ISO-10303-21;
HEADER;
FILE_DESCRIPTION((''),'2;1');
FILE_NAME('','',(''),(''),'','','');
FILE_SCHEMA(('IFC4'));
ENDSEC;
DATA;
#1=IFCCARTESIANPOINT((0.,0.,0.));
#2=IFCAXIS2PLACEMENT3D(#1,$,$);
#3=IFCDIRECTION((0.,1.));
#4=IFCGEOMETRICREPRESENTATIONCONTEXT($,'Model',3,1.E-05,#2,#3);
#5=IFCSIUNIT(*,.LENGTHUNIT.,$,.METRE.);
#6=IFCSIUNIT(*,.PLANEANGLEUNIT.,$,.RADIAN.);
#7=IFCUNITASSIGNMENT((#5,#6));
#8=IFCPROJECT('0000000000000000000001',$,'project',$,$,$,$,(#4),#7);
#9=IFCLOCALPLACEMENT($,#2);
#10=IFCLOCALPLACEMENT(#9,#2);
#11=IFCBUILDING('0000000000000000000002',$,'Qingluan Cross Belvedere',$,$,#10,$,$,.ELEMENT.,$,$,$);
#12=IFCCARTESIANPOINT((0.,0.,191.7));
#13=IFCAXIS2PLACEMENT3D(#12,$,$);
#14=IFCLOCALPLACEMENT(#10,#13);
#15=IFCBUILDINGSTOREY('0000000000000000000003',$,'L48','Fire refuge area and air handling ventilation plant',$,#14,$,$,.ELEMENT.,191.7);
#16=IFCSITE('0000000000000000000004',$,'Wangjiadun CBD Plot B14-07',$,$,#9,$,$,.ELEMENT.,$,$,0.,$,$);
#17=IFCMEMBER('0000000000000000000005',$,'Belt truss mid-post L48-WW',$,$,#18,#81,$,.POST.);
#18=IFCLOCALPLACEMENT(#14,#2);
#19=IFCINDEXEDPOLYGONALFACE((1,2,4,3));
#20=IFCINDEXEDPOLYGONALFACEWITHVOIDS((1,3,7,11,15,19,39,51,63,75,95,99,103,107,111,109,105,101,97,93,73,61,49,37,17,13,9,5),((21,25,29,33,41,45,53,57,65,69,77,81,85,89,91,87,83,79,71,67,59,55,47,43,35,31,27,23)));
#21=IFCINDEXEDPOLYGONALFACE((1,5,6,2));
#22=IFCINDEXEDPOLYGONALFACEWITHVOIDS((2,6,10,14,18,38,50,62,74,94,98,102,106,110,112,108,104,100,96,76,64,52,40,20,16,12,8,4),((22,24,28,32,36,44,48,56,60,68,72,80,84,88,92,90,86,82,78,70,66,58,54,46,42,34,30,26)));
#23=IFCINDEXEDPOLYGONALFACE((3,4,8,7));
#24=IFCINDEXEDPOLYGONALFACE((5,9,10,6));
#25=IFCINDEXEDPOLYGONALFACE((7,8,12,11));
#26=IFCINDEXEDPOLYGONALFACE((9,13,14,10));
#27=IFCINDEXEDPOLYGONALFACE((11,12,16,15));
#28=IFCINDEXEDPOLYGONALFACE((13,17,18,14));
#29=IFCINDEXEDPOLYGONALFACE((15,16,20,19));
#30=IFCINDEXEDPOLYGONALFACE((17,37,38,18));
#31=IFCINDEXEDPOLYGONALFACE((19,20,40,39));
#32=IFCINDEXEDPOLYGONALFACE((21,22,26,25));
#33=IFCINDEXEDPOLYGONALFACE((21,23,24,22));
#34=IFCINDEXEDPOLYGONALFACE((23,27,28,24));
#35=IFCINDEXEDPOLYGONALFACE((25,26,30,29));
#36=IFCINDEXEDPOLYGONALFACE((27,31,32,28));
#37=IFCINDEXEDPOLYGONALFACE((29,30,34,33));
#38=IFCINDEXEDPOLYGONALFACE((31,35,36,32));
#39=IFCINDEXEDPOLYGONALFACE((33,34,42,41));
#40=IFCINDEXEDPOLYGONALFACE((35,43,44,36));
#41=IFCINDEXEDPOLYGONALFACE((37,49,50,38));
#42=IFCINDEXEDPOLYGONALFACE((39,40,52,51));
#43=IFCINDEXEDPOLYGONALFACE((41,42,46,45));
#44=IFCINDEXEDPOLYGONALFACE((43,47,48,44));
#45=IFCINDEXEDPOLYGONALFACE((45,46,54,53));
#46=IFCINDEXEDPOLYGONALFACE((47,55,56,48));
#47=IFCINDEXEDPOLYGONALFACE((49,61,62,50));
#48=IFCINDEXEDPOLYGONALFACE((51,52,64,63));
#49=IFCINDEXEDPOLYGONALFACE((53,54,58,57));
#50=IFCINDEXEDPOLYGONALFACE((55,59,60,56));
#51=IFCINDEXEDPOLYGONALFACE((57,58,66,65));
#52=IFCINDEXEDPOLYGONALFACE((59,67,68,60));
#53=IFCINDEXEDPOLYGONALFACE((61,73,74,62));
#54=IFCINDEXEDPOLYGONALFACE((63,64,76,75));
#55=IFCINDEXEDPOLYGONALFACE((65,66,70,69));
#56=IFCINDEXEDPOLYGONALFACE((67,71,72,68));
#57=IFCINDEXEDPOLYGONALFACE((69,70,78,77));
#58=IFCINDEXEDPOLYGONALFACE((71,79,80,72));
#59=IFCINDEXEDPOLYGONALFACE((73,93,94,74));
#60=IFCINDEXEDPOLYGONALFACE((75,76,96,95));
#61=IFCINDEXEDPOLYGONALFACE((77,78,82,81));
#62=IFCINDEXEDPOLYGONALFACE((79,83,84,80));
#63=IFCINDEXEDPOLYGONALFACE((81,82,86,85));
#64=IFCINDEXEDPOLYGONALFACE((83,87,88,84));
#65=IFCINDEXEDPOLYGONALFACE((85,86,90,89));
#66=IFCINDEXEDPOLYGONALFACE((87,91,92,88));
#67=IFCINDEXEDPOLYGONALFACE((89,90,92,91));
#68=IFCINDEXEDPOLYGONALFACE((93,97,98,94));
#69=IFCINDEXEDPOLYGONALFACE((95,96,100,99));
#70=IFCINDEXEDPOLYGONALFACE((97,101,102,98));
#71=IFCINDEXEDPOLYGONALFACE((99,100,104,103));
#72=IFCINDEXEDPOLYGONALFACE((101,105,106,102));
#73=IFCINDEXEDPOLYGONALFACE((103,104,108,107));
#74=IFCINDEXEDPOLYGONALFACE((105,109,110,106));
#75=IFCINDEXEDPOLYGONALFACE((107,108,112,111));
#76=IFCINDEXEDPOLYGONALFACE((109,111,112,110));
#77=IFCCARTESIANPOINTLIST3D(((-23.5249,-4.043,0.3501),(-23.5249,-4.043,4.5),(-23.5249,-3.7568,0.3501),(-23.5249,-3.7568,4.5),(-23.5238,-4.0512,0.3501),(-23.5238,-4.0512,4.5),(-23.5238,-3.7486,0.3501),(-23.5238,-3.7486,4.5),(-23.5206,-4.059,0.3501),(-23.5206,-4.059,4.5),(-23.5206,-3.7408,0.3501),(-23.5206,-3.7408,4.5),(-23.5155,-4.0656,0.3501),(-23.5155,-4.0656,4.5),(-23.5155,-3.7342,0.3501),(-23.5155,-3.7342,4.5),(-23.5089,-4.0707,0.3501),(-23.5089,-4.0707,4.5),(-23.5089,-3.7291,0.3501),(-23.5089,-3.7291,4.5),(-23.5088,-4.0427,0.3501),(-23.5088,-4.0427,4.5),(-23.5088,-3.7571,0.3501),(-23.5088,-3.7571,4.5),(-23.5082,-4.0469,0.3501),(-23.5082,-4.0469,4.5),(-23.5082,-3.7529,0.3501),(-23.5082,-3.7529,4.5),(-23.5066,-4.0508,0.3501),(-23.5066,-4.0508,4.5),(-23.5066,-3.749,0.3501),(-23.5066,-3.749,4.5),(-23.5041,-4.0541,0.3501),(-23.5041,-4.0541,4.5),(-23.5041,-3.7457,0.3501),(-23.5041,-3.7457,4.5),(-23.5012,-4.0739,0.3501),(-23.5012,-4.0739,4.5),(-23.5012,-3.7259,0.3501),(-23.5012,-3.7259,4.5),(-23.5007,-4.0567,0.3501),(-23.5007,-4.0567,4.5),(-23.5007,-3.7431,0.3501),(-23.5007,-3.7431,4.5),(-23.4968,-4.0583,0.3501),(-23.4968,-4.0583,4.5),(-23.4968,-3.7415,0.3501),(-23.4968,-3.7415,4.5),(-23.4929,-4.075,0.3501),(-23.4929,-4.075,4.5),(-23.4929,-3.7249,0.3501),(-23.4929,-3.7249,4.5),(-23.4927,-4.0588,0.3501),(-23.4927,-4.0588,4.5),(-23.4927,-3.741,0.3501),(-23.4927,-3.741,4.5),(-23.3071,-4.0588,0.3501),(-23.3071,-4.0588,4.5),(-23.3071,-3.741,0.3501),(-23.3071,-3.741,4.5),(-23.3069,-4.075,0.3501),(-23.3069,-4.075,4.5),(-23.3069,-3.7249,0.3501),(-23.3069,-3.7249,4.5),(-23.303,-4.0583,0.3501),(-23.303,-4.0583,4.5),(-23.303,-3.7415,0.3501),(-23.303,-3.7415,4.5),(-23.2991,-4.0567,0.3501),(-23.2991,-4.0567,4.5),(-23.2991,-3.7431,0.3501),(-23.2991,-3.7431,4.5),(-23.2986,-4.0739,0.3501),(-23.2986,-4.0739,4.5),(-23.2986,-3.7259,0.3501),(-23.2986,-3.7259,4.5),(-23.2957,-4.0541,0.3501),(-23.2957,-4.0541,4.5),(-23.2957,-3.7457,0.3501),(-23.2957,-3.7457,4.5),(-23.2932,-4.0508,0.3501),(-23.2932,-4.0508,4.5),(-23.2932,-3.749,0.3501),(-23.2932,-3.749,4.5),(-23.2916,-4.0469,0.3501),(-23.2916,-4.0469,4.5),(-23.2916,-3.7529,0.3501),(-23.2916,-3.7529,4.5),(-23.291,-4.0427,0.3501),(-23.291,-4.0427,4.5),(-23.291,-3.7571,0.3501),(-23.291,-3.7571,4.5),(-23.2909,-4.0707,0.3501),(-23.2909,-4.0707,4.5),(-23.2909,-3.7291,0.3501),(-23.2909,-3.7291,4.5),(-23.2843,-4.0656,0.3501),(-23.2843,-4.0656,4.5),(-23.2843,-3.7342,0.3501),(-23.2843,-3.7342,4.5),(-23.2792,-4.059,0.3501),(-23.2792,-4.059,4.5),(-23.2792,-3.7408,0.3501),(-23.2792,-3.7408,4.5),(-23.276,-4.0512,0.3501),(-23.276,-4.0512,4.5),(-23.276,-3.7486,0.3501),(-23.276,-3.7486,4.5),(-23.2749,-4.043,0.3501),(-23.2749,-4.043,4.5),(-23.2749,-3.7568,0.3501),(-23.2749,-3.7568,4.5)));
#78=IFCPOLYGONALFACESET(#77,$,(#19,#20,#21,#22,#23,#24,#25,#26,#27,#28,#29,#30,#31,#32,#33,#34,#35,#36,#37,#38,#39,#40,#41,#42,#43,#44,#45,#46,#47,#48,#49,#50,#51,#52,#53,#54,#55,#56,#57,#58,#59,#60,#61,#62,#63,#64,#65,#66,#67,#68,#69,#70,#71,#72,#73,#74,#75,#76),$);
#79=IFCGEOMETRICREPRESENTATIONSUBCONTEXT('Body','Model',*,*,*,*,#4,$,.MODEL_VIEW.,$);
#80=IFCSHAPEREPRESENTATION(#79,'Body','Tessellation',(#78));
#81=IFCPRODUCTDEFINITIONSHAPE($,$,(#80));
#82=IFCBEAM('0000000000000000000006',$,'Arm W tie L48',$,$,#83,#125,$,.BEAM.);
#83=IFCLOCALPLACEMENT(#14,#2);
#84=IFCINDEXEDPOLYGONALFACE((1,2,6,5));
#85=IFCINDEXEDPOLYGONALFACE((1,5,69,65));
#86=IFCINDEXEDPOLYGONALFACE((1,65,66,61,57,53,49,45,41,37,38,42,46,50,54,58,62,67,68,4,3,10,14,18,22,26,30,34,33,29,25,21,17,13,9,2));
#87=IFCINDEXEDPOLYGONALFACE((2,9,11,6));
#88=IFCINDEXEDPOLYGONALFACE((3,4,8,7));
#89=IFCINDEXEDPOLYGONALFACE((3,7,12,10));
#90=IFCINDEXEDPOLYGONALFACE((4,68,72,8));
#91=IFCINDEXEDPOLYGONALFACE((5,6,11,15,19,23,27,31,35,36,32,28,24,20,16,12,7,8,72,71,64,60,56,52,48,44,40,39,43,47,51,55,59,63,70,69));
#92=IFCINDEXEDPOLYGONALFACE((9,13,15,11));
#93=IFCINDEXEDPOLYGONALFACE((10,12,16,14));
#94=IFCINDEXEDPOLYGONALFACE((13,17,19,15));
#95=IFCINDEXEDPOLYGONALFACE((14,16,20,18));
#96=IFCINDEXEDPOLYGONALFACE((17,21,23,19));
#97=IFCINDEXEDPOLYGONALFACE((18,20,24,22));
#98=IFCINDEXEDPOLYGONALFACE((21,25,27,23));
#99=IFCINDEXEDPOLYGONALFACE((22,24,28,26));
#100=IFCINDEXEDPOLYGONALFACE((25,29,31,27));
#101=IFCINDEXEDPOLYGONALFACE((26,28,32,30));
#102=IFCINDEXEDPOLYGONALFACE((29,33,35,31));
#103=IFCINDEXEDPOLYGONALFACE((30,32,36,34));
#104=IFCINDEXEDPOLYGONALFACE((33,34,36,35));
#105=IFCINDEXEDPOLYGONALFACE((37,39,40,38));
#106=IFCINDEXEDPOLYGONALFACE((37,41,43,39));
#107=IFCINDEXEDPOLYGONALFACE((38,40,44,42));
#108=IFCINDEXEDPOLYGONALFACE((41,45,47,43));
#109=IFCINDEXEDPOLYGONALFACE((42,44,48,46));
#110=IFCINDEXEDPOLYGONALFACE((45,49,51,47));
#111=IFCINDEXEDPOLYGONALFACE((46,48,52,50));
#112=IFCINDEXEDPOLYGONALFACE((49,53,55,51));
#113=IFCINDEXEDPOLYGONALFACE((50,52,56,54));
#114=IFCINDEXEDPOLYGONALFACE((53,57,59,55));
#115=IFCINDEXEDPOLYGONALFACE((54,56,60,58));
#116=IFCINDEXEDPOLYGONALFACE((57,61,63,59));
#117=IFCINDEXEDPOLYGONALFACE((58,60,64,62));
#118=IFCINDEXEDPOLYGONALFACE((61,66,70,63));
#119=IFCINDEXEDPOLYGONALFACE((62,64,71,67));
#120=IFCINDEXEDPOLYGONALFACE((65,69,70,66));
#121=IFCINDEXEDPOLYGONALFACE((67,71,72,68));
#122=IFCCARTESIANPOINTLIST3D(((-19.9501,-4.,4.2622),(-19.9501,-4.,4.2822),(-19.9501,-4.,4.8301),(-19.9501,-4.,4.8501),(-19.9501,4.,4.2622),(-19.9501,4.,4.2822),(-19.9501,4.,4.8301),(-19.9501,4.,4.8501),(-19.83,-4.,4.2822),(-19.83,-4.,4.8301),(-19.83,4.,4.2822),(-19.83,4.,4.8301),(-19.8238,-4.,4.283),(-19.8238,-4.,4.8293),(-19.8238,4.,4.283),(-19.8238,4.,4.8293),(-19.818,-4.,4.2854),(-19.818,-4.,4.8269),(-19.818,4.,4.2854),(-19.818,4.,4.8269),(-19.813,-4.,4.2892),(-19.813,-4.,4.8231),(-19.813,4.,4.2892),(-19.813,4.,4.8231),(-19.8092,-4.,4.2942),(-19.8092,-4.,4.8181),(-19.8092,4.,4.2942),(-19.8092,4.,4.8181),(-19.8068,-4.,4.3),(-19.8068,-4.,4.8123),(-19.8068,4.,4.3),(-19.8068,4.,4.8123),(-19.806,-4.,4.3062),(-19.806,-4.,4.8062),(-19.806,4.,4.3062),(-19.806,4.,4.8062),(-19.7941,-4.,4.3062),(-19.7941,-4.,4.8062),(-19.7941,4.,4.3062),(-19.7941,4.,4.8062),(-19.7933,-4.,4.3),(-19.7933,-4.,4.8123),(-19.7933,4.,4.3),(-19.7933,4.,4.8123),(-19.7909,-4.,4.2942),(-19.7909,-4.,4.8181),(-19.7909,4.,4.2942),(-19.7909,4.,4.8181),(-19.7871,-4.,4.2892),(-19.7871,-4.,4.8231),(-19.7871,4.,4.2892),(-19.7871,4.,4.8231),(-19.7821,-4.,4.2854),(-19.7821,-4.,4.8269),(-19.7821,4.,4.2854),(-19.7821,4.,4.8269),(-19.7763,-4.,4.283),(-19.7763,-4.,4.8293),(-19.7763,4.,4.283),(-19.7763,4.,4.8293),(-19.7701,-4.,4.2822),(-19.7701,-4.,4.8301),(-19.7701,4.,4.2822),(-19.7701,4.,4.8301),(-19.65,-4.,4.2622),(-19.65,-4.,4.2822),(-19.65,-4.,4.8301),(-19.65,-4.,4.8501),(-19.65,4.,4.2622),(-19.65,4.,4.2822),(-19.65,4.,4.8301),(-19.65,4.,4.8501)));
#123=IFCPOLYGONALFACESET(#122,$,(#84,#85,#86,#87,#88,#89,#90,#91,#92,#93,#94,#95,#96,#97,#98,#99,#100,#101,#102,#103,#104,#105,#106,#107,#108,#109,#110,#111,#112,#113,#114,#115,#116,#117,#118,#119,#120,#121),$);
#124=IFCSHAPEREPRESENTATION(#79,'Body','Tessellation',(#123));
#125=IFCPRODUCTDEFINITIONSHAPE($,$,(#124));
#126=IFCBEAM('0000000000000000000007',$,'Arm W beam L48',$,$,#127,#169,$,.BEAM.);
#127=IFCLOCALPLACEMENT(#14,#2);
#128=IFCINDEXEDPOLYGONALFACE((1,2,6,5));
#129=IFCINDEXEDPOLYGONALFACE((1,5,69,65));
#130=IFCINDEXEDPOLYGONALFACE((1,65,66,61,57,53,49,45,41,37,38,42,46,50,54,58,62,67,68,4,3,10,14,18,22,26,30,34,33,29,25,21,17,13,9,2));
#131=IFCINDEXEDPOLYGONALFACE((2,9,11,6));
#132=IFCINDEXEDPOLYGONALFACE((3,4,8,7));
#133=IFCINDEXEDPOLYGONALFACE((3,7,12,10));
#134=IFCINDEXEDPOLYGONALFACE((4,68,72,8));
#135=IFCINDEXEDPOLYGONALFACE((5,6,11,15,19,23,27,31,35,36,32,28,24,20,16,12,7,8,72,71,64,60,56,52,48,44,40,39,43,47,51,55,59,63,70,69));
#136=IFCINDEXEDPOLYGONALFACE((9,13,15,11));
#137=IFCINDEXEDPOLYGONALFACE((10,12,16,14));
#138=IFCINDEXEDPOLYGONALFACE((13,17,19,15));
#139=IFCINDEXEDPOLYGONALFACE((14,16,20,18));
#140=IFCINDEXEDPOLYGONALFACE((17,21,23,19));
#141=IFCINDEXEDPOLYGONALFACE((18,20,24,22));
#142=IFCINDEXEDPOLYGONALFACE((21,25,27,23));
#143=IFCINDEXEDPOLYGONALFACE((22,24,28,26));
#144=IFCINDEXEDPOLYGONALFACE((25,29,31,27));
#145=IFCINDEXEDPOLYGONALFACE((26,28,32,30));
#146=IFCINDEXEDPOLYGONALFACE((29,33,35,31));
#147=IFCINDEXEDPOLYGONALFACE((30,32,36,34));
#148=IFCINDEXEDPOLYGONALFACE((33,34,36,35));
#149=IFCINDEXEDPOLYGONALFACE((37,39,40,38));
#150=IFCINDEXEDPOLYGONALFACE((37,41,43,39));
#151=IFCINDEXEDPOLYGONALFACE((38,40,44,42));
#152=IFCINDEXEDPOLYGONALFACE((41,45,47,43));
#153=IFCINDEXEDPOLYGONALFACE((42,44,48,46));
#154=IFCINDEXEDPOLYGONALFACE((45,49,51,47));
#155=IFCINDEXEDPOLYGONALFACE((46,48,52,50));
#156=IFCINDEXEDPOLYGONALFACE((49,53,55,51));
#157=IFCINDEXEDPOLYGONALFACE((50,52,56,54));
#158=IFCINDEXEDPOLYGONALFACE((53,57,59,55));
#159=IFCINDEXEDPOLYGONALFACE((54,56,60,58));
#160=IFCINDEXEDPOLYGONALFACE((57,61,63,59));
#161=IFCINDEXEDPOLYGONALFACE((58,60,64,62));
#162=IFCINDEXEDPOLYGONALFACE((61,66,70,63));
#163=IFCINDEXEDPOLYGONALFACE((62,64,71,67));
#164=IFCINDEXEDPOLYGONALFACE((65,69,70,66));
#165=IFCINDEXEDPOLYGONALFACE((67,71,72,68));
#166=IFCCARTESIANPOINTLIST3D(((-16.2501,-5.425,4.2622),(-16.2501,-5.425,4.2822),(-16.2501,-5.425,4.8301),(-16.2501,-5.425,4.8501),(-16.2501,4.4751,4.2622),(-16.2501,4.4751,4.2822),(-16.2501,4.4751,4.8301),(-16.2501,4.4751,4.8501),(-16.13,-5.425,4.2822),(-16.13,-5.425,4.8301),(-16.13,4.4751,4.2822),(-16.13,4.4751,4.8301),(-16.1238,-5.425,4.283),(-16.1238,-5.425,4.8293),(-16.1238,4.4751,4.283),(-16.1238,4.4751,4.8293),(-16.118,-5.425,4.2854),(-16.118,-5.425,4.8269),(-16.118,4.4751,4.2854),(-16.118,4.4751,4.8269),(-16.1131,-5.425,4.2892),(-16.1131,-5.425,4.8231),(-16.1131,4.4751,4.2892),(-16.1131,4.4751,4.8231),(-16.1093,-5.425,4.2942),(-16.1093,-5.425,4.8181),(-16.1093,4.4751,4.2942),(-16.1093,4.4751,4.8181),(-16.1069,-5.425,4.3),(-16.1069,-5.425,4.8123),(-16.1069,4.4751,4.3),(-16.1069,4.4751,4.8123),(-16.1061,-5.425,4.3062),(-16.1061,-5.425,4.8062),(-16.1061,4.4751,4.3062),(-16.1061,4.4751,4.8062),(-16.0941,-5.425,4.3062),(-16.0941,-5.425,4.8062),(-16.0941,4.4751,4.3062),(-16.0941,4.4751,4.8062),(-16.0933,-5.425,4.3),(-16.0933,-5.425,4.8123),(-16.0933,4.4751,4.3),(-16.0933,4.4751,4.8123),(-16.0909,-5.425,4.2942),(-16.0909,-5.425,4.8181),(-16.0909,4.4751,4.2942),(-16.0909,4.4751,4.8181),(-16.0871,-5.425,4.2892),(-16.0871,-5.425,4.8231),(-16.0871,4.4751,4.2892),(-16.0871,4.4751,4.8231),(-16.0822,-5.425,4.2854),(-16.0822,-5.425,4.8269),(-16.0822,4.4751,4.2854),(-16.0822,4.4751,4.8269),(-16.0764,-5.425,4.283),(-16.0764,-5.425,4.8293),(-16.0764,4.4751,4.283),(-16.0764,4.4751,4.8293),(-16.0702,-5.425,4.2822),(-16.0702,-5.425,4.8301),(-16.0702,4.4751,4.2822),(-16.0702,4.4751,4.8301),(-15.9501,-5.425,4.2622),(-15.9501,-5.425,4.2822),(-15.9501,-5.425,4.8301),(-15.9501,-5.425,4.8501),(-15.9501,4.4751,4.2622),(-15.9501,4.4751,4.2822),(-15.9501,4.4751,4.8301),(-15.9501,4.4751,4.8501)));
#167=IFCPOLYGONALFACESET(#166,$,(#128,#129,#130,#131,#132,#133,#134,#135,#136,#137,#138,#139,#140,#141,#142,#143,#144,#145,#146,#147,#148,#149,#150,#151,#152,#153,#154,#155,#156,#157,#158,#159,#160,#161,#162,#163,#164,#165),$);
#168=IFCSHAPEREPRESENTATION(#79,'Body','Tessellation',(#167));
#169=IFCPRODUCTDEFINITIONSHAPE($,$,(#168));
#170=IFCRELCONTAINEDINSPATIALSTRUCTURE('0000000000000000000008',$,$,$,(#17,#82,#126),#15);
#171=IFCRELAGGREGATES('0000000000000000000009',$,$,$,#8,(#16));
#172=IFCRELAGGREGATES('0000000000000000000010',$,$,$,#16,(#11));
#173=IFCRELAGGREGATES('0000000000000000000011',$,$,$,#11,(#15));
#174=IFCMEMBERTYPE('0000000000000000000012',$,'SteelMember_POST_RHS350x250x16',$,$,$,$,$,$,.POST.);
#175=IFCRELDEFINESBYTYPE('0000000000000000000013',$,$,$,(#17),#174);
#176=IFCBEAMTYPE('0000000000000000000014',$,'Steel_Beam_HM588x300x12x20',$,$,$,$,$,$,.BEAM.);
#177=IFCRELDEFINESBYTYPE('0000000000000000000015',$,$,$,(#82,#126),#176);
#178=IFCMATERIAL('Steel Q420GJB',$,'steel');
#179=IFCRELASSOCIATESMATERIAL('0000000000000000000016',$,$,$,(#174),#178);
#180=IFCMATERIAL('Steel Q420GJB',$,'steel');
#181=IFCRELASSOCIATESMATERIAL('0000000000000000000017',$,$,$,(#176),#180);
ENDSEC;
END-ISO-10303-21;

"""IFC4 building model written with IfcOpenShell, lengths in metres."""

from ifc_helpers import new_model, si_unit, direction, frame, origin, origin_2d, place, context, subcontext, project, spatial, hollow_rectangle, i_section, extrude, material, material_profile, profile_set, type_object, element, save


model = new_model("IFC4")

# Units and contexts
model_context = context("Model", 3, precision=1e-05, world=origin(), true_north=direction((0.0, 1.0)))
body_context = subcontext(model_context, "Body", "Model", "MODEL_VIEW")
ifc_project = project(units=[si_unit("LENGTHUNIT", "METRE"), si_unit("PLANEANGLEUNIT", "RADIAN")], contexts=[model_context])

# Site, building, storey
site_placement = place(None, origin())
site = spatial("IfcSite", under=ifc_project, at=site_placement, Name="Wangjiadun CBD Plot B14-07", CompositionType="ELEMENT", RefElevation=0.0)
building_placement = place(site_placement, origin())
building = spatial("IfcBuilding", under=site, at=building_placement, Name="Qingluan Cross Belvedere", CompositionType="ELEMENT")
storey_placement = place(building_placement, frame((0.0, 0.0, 191.7)))
storey = spatial("IfcBuildingStorey", under=building, at=storey_placement, Name="L48", Description="Fire refuge area and air handling ventilation plant", CompositionType="ELEMENT", Elevation=191.7)

# Member
ifc_material_1 = material(Name="Steel Q420GJB", Category="steel")
ifc_material_profile_1 = material_profile(ifc_material_1, hollow_rectangle(XDim=0.25, YDim=0.3501, WallThickness=0.0161, InnerFilletRadius=0.0161, OuterFilletRadius=0.032, at=origin_2d()), Name="RHS350x250x16")
ifc_profile_set_1 = profile_set([ifc_material_profile_1], Name="Steel Q420GJB")
member_type_1 = type_object("IfcMemberType", Name="SteelMember_POST_RHS350x250x16", PredefinedType="POST", material=ifc_profile_set_1)
member_1_placement = place(storey_placement, frame((-23.3999, -3.8999, 0.3501), z_axis=(0.0, 0.0, 1.0), x_axis=(1.0, 0.0, 0.0)))
element("IfcMember", 1, at=member_1_placement, inside=storey, type_object=member_type_1, Name="Belt truss mid-post L48-WW", PredefinedType="POST", context=body_context, shape_type="SweptSolid", body=[
    extrude(hollow_rectangle(XDim=0.25, YDim=0.3501, WallThickness=0.0161, InnerFilletRadius=0.0161, OuterFilletRadius=0.032, at=origin_2d()), origin(), (0.0, 0.0, 1.0), 4.1499),
])

# Beams
ifc_material_2 = material(Name="Steel Q420GJB", Category="steel")
ifc_material_profile_2 = material_profile(ifc_material_2, i_section(OverallWidth=0.3, OverallDepth=0.5879, WebThickness=0.012, FlangeThickness=0.02, FilletRadius=0.0239, at=origin_2d()), Name="HM588x300x12x20")
ifc_profile_set_2 = profile_set([ifc_material_profile_2], Name="Steel Q420GJB")
beam_type_1 = type_object("IfcBeamType", Name="Steel_Beam_HM588x300x12x20", PredefinedType="BEAM", material=ifc_profile_set_2)
beam_1_placement = place(storey_placement, frame((-19.8, -4.0, 4.5562), z_axis=(0.0, 1.0, 0.0), x_axis=(-1.0, 0.0, 0.0)))
element("IfcBeam", 2, at=beam_1_placement, inside=storey, type_object=beam_type_1, Name="Arm W tie L48", PredefinedType="BEAM", context=body_context, shape_type="SweptSolid", body=[
    extrude(i_section(OverallWidth=0.3, OverallDepth=0.5879, WebThickness=0.012, FlangeThickness=0.02, FilletRadius=0.0239, at=origin_2d()), origin(), (0.0, 0.0, 1.0), 8.0),
])
beam_2_placement = place(storey_placement, frame((-16.1001, -5.425, 4.5562), z_axis=(0.0, 1.0, 0.0), x_axis=(-1.0, 0.0, 0.0)))
element("IfcBeam", 3, at=beam_2_placement, inside=storey, type_object=beam_type_1, Name="Arm W beam L48", PredefinedType="BEAM", context=body_context, shape_type="SweptSolid", body=[
    extrude(i_section(OverallWidth=0.3, OverallDepth=0.5879, WebThickness=0.012, FlangeThickness=0.02, FilletRadius=0.0239, at=origin_2d()), origin(), (0.0, 0.0, 1.0), 9.9001),
])

save(model, "model.ifc")
